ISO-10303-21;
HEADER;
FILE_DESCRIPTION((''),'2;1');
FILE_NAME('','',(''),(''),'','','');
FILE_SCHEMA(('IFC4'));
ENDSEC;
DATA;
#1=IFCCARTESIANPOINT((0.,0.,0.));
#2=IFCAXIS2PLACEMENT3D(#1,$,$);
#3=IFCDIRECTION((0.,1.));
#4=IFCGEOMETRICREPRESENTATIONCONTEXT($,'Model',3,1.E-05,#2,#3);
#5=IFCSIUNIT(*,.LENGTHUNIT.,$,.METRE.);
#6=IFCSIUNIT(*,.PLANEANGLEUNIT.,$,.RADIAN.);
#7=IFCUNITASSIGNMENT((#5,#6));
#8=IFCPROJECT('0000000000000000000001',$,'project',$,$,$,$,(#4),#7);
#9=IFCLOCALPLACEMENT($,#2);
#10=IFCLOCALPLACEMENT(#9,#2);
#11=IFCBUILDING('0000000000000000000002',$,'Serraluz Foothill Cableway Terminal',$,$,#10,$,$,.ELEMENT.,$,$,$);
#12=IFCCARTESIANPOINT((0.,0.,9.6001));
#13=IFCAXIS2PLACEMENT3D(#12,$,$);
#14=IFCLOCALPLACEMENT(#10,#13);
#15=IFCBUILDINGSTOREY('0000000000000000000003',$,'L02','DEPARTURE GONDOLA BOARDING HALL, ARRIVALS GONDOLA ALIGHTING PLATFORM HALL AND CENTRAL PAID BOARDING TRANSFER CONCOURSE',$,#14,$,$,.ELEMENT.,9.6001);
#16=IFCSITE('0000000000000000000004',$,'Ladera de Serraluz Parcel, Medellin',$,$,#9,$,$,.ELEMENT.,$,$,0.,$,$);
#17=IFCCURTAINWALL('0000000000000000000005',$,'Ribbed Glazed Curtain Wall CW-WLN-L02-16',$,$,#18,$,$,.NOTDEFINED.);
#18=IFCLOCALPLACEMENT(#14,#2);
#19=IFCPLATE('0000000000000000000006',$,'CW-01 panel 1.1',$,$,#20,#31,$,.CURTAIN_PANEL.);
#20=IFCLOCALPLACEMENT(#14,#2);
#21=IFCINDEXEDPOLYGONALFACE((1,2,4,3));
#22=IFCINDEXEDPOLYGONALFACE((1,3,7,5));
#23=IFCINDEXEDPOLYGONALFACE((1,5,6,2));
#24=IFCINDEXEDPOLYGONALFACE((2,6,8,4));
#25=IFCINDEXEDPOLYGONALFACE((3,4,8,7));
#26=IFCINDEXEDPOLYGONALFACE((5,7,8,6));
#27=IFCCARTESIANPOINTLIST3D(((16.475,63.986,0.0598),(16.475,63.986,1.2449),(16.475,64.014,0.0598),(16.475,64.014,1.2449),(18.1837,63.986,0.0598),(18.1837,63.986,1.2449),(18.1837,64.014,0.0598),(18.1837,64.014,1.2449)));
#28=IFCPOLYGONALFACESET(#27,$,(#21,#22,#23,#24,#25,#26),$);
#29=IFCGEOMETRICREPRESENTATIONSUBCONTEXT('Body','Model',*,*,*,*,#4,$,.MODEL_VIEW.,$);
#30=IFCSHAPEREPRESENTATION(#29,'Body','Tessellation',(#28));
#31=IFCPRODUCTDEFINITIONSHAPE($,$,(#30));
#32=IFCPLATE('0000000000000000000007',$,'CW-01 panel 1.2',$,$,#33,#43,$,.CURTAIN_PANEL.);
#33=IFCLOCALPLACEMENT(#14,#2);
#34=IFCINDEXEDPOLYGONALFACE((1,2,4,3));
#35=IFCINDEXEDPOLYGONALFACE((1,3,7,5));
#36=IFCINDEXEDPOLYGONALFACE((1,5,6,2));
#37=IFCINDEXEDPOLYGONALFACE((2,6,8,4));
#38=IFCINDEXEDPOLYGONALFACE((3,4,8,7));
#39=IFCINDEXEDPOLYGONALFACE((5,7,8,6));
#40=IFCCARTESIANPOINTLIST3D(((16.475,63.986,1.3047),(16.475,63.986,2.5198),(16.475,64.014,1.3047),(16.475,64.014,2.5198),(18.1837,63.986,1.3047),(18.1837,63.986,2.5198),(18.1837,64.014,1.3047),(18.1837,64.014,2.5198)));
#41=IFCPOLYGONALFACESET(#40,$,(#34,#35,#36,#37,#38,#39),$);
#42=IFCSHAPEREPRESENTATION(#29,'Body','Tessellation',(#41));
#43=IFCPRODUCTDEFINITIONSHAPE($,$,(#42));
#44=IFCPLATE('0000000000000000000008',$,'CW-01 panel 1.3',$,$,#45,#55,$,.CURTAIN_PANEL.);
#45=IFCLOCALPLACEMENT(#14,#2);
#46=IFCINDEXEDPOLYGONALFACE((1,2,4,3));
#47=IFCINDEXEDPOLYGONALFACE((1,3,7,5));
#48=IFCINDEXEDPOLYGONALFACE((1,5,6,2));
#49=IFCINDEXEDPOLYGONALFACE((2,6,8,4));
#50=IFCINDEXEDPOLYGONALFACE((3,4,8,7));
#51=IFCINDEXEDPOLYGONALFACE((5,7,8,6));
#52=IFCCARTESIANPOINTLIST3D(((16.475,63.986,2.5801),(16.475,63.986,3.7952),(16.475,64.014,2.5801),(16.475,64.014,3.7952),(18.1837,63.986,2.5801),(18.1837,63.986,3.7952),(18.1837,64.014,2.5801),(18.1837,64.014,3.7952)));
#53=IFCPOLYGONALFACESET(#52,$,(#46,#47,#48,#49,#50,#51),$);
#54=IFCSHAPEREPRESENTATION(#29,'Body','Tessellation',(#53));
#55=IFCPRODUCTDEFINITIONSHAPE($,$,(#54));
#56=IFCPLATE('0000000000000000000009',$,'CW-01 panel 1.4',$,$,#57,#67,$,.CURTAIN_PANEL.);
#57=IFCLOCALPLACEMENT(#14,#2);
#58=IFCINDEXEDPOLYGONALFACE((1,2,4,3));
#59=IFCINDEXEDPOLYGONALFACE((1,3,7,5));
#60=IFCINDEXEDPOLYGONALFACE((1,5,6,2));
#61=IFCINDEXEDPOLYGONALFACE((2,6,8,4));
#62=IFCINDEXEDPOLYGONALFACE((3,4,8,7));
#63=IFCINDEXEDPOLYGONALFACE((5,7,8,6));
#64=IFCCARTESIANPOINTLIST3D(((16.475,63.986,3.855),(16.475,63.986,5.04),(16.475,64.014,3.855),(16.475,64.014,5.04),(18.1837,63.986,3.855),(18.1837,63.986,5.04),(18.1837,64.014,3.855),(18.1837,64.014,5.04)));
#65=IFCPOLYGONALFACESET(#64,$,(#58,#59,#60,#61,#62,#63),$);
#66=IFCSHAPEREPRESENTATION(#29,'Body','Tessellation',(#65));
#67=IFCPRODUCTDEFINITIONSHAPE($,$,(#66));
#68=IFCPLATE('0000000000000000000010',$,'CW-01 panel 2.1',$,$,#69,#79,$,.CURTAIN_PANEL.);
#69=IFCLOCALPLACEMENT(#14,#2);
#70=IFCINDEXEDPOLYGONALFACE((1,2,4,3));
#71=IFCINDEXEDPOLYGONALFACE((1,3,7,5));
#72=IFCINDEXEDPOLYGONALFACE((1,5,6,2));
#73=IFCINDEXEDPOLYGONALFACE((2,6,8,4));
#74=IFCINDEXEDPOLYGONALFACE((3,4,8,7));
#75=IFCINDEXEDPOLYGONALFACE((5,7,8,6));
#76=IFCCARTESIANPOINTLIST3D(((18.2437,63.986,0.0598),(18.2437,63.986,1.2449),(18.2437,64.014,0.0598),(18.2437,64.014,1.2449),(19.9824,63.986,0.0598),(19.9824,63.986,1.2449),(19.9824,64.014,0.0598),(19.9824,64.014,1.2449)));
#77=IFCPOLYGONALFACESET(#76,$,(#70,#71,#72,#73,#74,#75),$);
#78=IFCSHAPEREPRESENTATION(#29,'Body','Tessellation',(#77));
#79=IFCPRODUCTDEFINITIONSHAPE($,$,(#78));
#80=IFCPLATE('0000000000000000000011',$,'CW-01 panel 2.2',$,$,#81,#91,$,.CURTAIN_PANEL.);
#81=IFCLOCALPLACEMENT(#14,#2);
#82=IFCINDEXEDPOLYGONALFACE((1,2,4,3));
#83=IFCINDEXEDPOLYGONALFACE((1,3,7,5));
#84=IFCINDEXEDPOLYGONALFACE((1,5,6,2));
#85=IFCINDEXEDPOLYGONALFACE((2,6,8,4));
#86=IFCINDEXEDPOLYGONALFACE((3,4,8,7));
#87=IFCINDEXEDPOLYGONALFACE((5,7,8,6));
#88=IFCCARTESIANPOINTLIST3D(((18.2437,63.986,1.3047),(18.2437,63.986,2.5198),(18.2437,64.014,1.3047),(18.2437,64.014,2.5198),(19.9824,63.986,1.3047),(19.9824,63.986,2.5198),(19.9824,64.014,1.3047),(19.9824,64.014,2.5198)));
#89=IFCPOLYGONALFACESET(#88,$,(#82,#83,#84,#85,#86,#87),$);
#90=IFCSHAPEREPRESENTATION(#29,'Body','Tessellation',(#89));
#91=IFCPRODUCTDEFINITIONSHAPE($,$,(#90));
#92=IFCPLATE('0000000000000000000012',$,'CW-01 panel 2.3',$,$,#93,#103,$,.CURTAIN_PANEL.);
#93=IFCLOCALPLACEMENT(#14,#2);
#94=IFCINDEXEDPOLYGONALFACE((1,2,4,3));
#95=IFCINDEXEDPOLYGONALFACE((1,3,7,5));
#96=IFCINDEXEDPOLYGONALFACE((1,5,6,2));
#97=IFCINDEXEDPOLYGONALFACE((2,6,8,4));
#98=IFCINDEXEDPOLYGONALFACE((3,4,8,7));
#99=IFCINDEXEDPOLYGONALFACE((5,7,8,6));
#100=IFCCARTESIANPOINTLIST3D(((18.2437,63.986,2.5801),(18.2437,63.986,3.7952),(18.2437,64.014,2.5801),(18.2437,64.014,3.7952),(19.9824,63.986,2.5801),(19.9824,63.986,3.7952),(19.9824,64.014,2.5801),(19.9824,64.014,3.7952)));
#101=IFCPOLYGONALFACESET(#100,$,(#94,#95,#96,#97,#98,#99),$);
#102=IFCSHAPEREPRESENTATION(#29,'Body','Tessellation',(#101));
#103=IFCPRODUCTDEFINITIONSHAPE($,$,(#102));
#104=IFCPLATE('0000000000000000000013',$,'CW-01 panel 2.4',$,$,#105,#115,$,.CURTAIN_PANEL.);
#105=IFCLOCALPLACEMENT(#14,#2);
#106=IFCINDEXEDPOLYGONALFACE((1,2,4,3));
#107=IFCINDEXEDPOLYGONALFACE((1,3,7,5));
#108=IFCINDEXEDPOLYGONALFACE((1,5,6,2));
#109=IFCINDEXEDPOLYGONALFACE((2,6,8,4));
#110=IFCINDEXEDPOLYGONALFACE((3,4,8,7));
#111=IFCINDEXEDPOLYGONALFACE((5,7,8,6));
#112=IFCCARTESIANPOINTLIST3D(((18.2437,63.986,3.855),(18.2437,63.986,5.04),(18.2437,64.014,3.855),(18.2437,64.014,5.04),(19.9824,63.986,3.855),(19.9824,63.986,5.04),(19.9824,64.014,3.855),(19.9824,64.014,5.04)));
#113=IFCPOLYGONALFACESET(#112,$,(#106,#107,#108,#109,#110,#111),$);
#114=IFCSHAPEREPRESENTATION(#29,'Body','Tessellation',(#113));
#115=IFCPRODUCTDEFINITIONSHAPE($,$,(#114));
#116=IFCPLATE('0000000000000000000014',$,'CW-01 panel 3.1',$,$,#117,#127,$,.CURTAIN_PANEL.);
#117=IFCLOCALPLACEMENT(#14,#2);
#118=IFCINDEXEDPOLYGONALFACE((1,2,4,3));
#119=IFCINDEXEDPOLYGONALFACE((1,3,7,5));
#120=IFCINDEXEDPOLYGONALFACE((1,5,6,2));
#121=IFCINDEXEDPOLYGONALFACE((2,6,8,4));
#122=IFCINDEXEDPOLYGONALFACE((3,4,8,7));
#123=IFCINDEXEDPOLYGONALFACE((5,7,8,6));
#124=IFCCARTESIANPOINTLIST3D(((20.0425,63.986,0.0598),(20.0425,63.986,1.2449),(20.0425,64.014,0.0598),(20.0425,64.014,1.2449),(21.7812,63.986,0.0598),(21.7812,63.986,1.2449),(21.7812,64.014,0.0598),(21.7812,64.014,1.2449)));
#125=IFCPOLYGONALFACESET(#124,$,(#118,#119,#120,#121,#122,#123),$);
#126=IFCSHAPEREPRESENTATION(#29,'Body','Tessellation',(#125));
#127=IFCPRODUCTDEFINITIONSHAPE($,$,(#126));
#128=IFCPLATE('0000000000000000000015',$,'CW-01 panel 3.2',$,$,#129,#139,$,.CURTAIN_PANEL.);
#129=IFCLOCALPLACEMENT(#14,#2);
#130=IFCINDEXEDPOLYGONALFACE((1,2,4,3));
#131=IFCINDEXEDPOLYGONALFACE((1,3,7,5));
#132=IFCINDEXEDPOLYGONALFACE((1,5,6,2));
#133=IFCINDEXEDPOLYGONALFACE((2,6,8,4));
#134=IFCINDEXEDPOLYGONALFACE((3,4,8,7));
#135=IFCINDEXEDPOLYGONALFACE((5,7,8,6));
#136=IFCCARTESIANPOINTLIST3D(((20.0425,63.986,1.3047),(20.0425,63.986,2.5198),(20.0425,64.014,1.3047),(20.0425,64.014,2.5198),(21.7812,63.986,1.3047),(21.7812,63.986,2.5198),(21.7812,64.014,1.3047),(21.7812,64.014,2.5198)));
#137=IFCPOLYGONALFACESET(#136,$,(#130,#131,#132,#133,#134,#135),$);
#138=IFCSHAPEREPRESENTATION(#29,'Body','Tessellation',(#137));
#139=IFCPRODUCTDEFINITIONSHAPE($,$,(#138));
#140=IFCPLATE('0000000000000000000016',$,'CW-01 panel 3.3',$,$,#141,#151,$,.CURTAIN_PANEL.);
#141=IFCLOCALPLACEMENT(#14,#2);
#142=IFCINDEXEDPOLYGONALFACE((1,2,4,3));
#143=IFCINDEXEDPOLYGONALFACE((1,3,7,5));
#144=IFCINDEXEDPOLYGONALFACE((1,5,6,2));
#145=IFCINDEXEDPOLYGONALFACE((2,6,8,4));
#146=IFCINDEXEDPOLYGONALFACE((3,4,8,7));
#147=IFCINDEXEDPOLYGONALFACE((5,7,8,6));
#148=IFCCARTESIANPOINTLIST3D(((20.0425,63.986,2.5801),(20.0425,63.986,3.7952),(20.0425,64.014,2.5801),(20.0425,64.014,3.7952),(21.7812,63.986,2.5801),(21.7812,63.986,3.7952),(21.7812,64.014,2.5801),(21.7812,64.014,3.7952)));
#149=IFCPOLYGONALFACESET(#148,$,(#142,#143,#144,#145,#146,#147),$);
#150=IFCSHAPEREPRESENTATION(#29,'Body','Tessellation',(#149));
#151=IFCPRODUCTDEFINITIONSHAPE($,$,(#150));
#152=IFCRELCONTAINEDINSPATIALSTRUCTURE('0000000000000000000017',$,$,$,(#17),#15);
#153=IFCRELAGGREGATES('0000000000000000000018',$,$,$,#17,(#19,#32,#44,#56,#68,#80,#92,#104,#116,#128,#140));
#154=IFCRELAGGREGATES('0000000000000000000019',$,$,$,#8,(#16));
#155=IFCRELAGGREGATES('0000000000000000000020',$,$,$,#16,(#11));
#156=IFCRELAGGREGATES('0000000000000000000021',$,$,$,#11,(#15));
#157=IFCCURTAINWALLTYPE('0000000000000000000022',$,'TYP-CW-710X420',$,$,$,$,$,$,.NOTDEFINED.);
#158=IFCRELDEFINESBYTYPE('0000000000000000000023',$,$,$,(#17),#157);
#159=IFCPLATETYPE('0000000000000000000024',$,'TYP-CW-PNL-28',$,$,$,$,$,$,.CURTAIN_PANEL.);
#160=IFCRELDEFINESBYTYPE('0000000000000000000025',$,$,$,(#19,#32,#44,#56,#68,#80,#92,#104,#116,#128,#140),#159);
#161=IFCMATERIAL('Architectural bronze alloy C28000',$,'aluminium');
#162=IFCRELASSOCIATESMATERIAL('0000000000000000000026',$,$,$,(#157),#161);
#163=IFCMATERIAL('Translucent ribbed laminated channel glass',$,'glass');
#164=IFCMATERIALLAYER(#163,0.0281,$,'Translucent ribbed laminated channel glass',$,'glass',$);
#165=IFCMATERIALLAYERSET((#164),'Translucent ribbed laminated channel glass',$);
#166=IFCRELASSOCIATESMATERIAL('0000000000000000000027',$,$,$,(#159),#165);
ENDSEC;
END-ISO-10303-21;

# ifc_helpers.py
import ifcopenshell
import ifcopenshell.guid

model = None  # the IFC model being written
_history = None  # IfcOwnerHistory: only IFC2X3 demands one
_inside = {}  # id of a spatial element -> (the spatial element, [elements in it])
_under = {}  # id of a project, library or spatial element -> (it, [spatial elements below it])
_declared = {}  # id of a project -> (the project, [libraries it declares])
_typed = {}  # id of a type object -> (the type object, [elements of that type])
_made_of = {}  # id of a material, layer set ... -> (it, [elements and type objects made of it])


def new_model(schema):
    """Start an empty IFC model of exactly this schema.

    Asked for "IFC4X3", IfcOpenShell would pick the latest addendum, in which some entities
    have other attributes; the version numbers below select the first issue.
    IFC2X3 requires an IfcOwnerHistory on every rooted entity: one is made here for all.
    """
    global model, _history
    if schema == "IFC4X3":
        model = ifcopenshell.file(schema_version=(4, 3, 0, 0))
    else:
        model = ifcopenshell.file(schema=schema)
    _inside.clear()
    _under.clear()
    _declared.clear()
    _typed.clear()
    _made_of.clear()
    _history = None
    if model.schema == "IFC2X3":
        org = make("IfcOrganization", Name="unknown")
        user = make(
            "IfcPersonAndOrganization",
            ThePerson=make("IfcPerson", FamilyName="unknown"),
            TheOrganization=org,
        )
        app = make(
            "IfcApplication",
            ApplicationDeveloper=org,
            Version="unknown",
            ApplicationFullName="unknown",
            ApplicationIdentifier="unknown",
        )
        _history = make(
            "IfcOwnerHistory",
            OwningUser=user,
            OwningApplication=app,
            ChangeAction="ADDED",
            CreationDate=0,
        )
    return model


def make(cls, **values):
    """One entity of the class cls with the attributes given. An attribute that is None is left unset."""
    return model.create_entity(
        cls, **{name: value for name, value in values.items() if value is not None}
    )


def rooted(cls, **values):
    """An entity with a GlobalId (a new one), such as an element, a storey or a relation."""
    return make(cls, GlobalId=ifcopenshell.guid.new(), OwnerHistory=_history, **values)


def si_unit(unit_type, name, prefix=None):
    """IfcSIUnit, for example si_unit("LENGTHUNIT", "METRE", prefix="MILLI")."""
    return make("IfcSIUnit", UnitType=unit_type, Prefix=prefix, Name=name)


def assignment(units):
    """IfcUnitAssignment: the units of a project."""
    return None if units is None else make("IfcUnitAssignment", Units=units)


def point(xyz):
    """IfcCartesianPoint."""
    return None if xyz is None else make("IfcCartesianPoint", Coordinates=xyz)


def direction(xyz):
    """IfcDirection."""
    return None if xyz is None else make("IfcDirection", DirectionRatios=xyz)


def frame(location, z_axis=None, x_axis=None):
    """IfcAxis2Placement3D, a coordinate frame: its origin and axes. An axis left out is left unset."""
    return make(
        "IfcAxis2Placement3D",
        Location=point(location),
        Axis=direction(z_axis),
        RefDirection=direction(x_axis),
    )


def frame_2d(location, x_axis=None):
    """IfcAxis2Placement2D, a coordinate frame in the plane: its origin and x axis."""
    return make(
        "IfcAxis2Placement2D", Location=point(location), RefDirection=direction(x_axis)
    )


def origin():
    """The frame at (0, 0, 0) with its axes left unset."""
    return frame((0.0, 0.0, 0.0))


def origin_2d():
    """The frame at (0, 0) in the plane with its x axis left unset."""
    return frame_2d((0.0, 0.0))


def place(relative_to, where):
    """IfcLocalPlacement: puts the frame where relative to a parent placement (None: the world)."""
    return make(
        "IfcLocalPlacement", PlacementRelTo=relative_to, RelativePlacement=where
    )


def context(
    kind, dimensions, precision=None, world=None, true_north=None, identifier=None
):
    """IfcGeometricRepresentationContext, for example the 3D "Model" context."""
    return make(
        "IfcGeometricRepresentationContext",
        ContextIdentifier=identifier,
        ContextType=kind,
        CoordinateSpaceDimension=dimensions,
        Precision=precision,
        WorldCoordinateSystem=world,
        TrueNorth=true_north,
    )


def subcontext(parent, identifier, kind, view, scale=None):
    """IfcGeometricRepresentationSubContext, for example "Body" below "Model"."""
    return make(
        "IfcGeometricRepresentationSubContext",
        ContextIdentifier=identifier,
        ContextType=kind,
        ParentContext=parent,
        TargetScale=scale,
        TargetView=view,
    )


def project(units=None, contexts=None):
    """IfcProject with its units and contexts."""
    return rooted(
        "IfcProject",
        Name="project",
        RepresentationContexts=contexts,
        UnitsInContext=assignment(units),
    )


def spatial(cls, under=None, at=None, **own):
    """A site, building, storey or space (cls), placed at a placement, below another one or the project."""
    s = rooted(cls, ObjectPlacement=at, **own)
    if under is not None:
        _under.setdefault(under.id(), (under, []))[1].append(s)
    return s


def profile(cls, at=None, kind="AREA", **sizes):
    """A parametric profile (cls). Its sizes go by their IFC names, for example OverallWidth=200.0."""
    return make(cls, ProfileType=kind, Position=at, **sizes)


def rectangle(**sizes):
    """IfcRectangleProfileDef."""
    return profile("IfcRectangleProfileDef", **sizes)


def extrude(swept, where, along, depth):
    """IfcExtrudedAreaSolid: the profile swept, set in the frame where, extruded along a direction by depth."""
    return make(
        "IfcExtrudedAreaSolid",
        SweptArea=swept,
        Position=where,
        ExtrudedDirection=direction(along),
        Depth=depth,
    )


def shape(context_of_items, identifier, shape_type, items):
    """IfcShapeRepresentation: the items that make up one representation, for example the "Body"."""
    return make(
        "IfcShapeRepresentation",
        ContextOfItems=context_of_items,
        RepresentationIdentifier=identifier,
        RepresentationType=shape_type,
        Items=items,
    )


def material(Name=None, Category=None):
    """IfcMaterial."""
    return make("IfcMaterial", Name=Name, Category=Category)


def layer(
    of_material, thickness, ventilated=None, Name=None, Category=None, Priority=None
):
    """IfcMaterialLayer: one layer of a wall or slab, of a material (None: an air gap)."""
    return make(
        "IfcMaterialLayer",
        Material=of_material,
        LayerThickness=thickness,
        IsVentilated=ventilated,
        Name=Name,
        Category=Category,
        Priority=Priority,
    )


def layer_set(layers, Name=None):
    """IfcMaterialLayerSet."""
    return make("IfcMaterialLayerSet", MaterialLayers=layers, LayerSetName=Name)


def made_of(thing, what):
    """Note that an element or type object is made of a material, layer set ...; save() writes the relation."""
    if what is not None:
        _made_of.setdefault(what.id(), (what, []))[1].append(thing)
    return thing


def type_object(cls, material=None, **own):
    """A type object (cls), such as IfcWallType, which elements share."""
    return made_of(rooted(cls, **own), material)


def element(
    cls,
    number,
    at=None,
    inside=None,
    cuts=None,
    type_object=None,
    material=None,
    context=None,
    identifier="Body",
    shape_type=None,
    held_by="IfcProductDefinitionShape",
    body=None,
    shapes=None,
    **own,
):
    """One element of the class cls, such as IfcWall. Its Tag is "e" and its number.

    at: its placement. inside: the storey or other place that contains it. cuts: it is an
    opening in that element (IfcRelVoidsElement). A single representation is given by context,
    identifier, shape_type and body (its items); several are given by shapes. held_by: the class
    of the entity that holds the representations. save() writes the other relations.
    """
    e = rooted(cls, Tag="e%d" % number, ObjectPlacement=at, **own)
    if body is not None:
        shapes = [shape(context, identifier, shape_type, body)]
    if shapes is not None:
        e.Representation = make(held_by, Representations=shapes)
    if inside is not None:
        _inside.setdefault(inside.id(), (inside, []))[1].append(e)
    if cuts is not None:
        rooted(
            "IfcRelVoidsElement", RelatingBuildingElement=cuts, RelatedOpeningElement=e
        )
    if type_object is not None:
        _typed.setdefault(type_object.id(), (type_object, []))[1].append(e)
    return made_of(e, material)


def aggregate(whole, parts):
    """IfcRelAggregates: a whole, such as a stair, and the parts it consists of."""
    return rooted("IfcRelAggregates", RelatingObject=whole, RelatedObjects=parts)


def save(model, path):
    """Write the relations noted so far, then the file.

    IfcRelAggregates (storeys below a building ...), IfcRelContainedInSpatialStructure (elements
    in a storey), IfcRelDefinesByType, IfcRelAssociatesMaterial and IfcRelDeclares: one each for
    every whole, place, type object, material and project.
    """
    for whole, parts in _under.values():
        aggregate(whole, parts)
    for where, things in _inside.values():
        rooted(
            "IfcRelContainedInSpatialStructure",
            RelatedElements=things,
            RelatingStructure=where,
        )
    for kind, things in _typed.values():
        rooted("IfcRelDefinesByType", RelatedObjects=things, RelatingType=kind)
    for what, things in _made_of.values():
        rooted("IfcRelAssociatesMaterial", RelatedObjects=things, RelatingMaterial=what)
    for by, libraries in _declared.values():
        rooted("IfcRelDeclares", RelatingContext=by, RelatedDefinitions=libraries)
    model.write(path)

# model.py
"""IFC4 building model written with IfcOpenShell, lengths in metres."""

from ifc_helpers import new_model, si_unit, direction, frame, origin, origin_2d, place, context, subcontext, project, spatial, rectangle, extrude, material, layer, layer_set, type_object, element, aggregate, save


model = new_model("IFC4")

# Units and contexts
model_context = context("Model", 3, precision=1e-05, world=origin(), true_north=direction((0.0, 1.0)))
body_context = subcontext(model_context, "Body", "Model", "MODEL_VIEW")
ifc_project = project(units=[si_unit("LENGTHUNIT", "METRE"), si_unit("PLANEANGLEUNIT", "RADIAN")], contexts=[model_context])

# Site, building, storey
site_placement = place(None, origin())
site = spatial("IfcSite", under=ifc_project, at=site_placement, Name="Ladera de Serraluz Parcel, Medellin", CompositionType="ELEMENT", RefElevation=0.0)
building_placement = place(site_placement, origin())
building = spatial("IfcBuilding", under=site, at=building_placement, Name="Serraluz Foothill Cableway Terminal", CompositionType="ELEMENT")
storey_placement = place(building_placement, frame((0.0, 0.0, 9.6001)))
storey = spatial("IfcBuildingStorey", under=building, at=storey_placement, Name="L02", Description="DEPARTURE GONDOLA BOARDING HALL, ARRIVALS GONDOLA ALIGHTING PLATFORM HALL AND CENTRAL PAID BOARDING TRANSFER CONCOURSE", CompositionType="ELEMENT", Elevation=9.6001)

# Curtain wall, plates
ifc_material_1 = material(Name="Architectural bronze alloy C28000", Category="aluminium")
curtain_wall_type = type_object("IfcCurtainWallType", Name="TYP-CW-710X420", PredefinedType="NOTDEFINED", material=ifc_material_1)
curtain_wall_placement = place(storey_placement, origin())
curtain_wall = element("IfcCurtainWall", 1, at=curtain_wall_placement, inside=storey, type_object=curtain_wall_type, Name="Ribbed Glazed Curtain Wall CW-WLN-L02-16", PredefinedType="NOTDEFINED")
ifc_material_2 = material(Name="Translucent ribbed laminated channel glass", Category="glass")
ifc_layer = layer(ifc_material_2, 0.0281, Name="Translucent ribbed laminated channel glass", Category="glass")
ifc_layer_set = layer_set([ifc_layer], Name="Translucent ribbed laminated channel glass")
plate_type = type_object("IfcPlateType", Name="TYP-CW-PNL-28", PredefinedType="CURTAIN_PANEL", material=ifc_layer_set)
plate_1_placement = place(storey_placement, frame((17.3293, 64.0, 0.0598), z_axis=(0.0, 0.0, 1.0), x_axis=(1.0, 0.0, 0.0)))
plate_1 = element("IfcPlate", 2, at=plate_1_placement, type_object=plate_type, Name="CW-01 panel 1.1", PredefinedType="CURTAIN_PANEL", context=body_context, shape_type="SweptSolid", body=[
    extrude(rectangle(XDim=1.7087, YDim=0.0281, at=origin_2d()), origin(), (0.0, 0.0, 1.0), 1.1851),
])
plate_2_placement = place(storey_placement, frame((17.3293, 64.0, 1.3047), z_axis=(0.0, 0.0, 1.0), x_axis=(1.0, 0.0, 0.0)))
plate_2 = element("IfcPlate", 3, at=plate_2_placement, type_object=plate_type, Name="CW-01 panel 1.2", PredefinedType="CURTAIN_PANEL", context=body_context, shape_type="SweptSolid", body=[
    extrude(rectangle(XDim=1.7087, YDim=0.0281, at=origin_2d()), origin(), (0.0, 0.0, 1.0), 1.2151),
])
plate_3_placement = place(storey_placement, frame((17.3293, 64.0, 2.5801), z_axis=(0.0, 0.0, 1.0), x_axis=(1.0, 0.0, 0.0)))
plate_3 = element("IfcPlate", 4, at=plate_3_placement, type_object=plate_type, Name="CW-01 panel 1.3", PredefinedType="CURTAIN_PANEL", context=body_context, shape_type="SweptSolid", body=[
    extrude(rectangle(XDim=1.7087, YDim=0.0281, at=origin_2d()), origin(), (0.0, 0.0, 1.0), 1.2151),
])
plate_4_placement = place(storey_placement, frame((17.3293, 64.0, 3.855), z_axis=(0.0, 0.0, 1.0), x_axis=(1.0, 0.0, 0.0)))
plate_4 = element("IfcPlate", 5, at=plate_4_placement, type_object=plate_type, Name="CW-01 panel 1.4", PredefinedType="CURTAIN_PANEL", context=body_context, shape_type="SweptSolid", body=[
    extrude(rectangle(XDim=1.7087, YDim=0.0281, at=origin_2d()), origin(), (0.0, 0.0, 1.0), 1.1851),
])
plate_5_placement = place(storey_placement, frame((19.113, 64.0, 0.0598), z_axis=(0.0, 0.0, 1.0), x_axis=(1.0, 0.0, 0.0)))
plate_5 = element("IfcPlate", 6, at=plate_5_placement, type_object=plate_type, Name="CW-01 panel 2.1", PredefinedType="CURTAIN_PANEL", context=body_context, shape_type="SweptSolid", body=[
    extrude(rectangle(XDim=1.7388, YDim=0.0281, at=origin_2d()), origin(), (0.0, 0.0, 1.0), 1.1851),
])
plate_6_placement = place(storey_placement, frame((19.113, 64.0, 1.3047), z_axis=(0.0, 0.0, 1.0), x_axis=(1.0, 0.0, 0.0)))
plate_6 = element("IfcPlate", 7, at=plate_6_placement, type_object=plate_type, Name="CW-01 panel 2.2", PredefinedType="CURTAIN_PANEL", context=body_context, shape_type="SweptSolid", body=[
    extrude(rectangle(XDim=1.7388, YDim=0.0281, at=origin_2d()), origin(), (0.0, 0.0, 1.0), 1.2151),
])
plate_7_placement = place(storey_placement, frame((19.113, 64.0, 2.5801), z_axis=(0.0, 0.0, 1.0), x_axis=(1.0, 0.0, 0.0)))
plate_7 = element("IfcPlate", 8, at=plate_7_placement, type_object=plate_type, Name="CW-01 panel 2.3", PredefinedType="CURTAIN_PANEL", context=body_context, shape_type="SweptSolid", body=[
    extrude(rectangle(XDim=1.7388, YDim=0.0281, at=origin_2d()), origin(), (0.0, 0.0, 1.0), 1.2151),
])
plate_8_placement = place(storey_placement, frame((19.113, 64.0, 3.855), z_axis=(0.0, 0.0, 1.0), x_axis=(1.0, 0.0, 0.0)))
plate_8 = element("IfcPlate", 9, at=plate_8_placement, type_object=plate_type, Name="CW-01 panel 2.4", PredefinedType="CURTAIN_PANEL", context=body_context, shape_type="SweptSolid", body=[
    extrude(rectangle(XDim=1.7388, YDim=0.0281, at=origin_2d()), origin(), (0.0, 0.0, 1.0), 1.1851),
])
plate_9_placement = place(storey_placement, frame((20.9119, 64.0, 0.0598), z_axis=(0.0, 0.0, 1.0), x_axis=(1.0, 0.0, 0.0)))
plate_9 = element("IfcPlate", 10, at=plate_9_placement, type_object=plate_type, Name="CW-01 panel 3.1", PredefinedType="CURTAIN_PANEL", context=body_context, shape_type="SweptSolid", body=[
    extrude(rectangle(XDim=1.7388, YDim=0.0281, at=origin_2d()), origin(), (0.0, 0.0, 1.0), 1.1851),
])
plate_10_placement = place(storey_placement, frame((20.9119, 64.0, 1.3047), z_axis=(0.0, 0.0, 1.0), x_axis=(1.0, 0.0, 0.0)))
plate_10 = element("IfcPlate", 11, at=plate_10_placement, type_object=plate_type, Name="CW-01 panel 3.2", PredefinedType="CURTAIN_PANEL", context=body_context, shape_type="SweptSolid", body=[
    extrude(rectangle(XDim=1.7388, YDim=0.0281, at=origin_2d()), origin(), (0.0, 0.0, 1.0), 1.2151),
])
plate_11_placement = place(storey_placement, frame((20.9119, 64.0, 2.5801), z_axis=(0.0, 0.0, 1.0), x_axis=(1.0, 0.0, 0.0)))
plate_11 = element("IfcPlate", 12, at=plate_11_placement, type_object=plate_type, Name="CW-01 panel 3.3", PredefinedType="CURTAIN_PANEL", context=body_context, shape_type="SweptSolid", body=[
    extrude(rectangle(XDim=1.7388, YDim=0.0281, at=origin_2d()), origin(), (0.0, 0.0, 1.0), 1.2151),
])
aggregate(curtain_wall, [plate_1, plate_2, plate_3, plate_4, plate_5, plate_6, plate_7, plate_8, plate_9, plate_10, plate_11])

save(model, "model.ifc")
